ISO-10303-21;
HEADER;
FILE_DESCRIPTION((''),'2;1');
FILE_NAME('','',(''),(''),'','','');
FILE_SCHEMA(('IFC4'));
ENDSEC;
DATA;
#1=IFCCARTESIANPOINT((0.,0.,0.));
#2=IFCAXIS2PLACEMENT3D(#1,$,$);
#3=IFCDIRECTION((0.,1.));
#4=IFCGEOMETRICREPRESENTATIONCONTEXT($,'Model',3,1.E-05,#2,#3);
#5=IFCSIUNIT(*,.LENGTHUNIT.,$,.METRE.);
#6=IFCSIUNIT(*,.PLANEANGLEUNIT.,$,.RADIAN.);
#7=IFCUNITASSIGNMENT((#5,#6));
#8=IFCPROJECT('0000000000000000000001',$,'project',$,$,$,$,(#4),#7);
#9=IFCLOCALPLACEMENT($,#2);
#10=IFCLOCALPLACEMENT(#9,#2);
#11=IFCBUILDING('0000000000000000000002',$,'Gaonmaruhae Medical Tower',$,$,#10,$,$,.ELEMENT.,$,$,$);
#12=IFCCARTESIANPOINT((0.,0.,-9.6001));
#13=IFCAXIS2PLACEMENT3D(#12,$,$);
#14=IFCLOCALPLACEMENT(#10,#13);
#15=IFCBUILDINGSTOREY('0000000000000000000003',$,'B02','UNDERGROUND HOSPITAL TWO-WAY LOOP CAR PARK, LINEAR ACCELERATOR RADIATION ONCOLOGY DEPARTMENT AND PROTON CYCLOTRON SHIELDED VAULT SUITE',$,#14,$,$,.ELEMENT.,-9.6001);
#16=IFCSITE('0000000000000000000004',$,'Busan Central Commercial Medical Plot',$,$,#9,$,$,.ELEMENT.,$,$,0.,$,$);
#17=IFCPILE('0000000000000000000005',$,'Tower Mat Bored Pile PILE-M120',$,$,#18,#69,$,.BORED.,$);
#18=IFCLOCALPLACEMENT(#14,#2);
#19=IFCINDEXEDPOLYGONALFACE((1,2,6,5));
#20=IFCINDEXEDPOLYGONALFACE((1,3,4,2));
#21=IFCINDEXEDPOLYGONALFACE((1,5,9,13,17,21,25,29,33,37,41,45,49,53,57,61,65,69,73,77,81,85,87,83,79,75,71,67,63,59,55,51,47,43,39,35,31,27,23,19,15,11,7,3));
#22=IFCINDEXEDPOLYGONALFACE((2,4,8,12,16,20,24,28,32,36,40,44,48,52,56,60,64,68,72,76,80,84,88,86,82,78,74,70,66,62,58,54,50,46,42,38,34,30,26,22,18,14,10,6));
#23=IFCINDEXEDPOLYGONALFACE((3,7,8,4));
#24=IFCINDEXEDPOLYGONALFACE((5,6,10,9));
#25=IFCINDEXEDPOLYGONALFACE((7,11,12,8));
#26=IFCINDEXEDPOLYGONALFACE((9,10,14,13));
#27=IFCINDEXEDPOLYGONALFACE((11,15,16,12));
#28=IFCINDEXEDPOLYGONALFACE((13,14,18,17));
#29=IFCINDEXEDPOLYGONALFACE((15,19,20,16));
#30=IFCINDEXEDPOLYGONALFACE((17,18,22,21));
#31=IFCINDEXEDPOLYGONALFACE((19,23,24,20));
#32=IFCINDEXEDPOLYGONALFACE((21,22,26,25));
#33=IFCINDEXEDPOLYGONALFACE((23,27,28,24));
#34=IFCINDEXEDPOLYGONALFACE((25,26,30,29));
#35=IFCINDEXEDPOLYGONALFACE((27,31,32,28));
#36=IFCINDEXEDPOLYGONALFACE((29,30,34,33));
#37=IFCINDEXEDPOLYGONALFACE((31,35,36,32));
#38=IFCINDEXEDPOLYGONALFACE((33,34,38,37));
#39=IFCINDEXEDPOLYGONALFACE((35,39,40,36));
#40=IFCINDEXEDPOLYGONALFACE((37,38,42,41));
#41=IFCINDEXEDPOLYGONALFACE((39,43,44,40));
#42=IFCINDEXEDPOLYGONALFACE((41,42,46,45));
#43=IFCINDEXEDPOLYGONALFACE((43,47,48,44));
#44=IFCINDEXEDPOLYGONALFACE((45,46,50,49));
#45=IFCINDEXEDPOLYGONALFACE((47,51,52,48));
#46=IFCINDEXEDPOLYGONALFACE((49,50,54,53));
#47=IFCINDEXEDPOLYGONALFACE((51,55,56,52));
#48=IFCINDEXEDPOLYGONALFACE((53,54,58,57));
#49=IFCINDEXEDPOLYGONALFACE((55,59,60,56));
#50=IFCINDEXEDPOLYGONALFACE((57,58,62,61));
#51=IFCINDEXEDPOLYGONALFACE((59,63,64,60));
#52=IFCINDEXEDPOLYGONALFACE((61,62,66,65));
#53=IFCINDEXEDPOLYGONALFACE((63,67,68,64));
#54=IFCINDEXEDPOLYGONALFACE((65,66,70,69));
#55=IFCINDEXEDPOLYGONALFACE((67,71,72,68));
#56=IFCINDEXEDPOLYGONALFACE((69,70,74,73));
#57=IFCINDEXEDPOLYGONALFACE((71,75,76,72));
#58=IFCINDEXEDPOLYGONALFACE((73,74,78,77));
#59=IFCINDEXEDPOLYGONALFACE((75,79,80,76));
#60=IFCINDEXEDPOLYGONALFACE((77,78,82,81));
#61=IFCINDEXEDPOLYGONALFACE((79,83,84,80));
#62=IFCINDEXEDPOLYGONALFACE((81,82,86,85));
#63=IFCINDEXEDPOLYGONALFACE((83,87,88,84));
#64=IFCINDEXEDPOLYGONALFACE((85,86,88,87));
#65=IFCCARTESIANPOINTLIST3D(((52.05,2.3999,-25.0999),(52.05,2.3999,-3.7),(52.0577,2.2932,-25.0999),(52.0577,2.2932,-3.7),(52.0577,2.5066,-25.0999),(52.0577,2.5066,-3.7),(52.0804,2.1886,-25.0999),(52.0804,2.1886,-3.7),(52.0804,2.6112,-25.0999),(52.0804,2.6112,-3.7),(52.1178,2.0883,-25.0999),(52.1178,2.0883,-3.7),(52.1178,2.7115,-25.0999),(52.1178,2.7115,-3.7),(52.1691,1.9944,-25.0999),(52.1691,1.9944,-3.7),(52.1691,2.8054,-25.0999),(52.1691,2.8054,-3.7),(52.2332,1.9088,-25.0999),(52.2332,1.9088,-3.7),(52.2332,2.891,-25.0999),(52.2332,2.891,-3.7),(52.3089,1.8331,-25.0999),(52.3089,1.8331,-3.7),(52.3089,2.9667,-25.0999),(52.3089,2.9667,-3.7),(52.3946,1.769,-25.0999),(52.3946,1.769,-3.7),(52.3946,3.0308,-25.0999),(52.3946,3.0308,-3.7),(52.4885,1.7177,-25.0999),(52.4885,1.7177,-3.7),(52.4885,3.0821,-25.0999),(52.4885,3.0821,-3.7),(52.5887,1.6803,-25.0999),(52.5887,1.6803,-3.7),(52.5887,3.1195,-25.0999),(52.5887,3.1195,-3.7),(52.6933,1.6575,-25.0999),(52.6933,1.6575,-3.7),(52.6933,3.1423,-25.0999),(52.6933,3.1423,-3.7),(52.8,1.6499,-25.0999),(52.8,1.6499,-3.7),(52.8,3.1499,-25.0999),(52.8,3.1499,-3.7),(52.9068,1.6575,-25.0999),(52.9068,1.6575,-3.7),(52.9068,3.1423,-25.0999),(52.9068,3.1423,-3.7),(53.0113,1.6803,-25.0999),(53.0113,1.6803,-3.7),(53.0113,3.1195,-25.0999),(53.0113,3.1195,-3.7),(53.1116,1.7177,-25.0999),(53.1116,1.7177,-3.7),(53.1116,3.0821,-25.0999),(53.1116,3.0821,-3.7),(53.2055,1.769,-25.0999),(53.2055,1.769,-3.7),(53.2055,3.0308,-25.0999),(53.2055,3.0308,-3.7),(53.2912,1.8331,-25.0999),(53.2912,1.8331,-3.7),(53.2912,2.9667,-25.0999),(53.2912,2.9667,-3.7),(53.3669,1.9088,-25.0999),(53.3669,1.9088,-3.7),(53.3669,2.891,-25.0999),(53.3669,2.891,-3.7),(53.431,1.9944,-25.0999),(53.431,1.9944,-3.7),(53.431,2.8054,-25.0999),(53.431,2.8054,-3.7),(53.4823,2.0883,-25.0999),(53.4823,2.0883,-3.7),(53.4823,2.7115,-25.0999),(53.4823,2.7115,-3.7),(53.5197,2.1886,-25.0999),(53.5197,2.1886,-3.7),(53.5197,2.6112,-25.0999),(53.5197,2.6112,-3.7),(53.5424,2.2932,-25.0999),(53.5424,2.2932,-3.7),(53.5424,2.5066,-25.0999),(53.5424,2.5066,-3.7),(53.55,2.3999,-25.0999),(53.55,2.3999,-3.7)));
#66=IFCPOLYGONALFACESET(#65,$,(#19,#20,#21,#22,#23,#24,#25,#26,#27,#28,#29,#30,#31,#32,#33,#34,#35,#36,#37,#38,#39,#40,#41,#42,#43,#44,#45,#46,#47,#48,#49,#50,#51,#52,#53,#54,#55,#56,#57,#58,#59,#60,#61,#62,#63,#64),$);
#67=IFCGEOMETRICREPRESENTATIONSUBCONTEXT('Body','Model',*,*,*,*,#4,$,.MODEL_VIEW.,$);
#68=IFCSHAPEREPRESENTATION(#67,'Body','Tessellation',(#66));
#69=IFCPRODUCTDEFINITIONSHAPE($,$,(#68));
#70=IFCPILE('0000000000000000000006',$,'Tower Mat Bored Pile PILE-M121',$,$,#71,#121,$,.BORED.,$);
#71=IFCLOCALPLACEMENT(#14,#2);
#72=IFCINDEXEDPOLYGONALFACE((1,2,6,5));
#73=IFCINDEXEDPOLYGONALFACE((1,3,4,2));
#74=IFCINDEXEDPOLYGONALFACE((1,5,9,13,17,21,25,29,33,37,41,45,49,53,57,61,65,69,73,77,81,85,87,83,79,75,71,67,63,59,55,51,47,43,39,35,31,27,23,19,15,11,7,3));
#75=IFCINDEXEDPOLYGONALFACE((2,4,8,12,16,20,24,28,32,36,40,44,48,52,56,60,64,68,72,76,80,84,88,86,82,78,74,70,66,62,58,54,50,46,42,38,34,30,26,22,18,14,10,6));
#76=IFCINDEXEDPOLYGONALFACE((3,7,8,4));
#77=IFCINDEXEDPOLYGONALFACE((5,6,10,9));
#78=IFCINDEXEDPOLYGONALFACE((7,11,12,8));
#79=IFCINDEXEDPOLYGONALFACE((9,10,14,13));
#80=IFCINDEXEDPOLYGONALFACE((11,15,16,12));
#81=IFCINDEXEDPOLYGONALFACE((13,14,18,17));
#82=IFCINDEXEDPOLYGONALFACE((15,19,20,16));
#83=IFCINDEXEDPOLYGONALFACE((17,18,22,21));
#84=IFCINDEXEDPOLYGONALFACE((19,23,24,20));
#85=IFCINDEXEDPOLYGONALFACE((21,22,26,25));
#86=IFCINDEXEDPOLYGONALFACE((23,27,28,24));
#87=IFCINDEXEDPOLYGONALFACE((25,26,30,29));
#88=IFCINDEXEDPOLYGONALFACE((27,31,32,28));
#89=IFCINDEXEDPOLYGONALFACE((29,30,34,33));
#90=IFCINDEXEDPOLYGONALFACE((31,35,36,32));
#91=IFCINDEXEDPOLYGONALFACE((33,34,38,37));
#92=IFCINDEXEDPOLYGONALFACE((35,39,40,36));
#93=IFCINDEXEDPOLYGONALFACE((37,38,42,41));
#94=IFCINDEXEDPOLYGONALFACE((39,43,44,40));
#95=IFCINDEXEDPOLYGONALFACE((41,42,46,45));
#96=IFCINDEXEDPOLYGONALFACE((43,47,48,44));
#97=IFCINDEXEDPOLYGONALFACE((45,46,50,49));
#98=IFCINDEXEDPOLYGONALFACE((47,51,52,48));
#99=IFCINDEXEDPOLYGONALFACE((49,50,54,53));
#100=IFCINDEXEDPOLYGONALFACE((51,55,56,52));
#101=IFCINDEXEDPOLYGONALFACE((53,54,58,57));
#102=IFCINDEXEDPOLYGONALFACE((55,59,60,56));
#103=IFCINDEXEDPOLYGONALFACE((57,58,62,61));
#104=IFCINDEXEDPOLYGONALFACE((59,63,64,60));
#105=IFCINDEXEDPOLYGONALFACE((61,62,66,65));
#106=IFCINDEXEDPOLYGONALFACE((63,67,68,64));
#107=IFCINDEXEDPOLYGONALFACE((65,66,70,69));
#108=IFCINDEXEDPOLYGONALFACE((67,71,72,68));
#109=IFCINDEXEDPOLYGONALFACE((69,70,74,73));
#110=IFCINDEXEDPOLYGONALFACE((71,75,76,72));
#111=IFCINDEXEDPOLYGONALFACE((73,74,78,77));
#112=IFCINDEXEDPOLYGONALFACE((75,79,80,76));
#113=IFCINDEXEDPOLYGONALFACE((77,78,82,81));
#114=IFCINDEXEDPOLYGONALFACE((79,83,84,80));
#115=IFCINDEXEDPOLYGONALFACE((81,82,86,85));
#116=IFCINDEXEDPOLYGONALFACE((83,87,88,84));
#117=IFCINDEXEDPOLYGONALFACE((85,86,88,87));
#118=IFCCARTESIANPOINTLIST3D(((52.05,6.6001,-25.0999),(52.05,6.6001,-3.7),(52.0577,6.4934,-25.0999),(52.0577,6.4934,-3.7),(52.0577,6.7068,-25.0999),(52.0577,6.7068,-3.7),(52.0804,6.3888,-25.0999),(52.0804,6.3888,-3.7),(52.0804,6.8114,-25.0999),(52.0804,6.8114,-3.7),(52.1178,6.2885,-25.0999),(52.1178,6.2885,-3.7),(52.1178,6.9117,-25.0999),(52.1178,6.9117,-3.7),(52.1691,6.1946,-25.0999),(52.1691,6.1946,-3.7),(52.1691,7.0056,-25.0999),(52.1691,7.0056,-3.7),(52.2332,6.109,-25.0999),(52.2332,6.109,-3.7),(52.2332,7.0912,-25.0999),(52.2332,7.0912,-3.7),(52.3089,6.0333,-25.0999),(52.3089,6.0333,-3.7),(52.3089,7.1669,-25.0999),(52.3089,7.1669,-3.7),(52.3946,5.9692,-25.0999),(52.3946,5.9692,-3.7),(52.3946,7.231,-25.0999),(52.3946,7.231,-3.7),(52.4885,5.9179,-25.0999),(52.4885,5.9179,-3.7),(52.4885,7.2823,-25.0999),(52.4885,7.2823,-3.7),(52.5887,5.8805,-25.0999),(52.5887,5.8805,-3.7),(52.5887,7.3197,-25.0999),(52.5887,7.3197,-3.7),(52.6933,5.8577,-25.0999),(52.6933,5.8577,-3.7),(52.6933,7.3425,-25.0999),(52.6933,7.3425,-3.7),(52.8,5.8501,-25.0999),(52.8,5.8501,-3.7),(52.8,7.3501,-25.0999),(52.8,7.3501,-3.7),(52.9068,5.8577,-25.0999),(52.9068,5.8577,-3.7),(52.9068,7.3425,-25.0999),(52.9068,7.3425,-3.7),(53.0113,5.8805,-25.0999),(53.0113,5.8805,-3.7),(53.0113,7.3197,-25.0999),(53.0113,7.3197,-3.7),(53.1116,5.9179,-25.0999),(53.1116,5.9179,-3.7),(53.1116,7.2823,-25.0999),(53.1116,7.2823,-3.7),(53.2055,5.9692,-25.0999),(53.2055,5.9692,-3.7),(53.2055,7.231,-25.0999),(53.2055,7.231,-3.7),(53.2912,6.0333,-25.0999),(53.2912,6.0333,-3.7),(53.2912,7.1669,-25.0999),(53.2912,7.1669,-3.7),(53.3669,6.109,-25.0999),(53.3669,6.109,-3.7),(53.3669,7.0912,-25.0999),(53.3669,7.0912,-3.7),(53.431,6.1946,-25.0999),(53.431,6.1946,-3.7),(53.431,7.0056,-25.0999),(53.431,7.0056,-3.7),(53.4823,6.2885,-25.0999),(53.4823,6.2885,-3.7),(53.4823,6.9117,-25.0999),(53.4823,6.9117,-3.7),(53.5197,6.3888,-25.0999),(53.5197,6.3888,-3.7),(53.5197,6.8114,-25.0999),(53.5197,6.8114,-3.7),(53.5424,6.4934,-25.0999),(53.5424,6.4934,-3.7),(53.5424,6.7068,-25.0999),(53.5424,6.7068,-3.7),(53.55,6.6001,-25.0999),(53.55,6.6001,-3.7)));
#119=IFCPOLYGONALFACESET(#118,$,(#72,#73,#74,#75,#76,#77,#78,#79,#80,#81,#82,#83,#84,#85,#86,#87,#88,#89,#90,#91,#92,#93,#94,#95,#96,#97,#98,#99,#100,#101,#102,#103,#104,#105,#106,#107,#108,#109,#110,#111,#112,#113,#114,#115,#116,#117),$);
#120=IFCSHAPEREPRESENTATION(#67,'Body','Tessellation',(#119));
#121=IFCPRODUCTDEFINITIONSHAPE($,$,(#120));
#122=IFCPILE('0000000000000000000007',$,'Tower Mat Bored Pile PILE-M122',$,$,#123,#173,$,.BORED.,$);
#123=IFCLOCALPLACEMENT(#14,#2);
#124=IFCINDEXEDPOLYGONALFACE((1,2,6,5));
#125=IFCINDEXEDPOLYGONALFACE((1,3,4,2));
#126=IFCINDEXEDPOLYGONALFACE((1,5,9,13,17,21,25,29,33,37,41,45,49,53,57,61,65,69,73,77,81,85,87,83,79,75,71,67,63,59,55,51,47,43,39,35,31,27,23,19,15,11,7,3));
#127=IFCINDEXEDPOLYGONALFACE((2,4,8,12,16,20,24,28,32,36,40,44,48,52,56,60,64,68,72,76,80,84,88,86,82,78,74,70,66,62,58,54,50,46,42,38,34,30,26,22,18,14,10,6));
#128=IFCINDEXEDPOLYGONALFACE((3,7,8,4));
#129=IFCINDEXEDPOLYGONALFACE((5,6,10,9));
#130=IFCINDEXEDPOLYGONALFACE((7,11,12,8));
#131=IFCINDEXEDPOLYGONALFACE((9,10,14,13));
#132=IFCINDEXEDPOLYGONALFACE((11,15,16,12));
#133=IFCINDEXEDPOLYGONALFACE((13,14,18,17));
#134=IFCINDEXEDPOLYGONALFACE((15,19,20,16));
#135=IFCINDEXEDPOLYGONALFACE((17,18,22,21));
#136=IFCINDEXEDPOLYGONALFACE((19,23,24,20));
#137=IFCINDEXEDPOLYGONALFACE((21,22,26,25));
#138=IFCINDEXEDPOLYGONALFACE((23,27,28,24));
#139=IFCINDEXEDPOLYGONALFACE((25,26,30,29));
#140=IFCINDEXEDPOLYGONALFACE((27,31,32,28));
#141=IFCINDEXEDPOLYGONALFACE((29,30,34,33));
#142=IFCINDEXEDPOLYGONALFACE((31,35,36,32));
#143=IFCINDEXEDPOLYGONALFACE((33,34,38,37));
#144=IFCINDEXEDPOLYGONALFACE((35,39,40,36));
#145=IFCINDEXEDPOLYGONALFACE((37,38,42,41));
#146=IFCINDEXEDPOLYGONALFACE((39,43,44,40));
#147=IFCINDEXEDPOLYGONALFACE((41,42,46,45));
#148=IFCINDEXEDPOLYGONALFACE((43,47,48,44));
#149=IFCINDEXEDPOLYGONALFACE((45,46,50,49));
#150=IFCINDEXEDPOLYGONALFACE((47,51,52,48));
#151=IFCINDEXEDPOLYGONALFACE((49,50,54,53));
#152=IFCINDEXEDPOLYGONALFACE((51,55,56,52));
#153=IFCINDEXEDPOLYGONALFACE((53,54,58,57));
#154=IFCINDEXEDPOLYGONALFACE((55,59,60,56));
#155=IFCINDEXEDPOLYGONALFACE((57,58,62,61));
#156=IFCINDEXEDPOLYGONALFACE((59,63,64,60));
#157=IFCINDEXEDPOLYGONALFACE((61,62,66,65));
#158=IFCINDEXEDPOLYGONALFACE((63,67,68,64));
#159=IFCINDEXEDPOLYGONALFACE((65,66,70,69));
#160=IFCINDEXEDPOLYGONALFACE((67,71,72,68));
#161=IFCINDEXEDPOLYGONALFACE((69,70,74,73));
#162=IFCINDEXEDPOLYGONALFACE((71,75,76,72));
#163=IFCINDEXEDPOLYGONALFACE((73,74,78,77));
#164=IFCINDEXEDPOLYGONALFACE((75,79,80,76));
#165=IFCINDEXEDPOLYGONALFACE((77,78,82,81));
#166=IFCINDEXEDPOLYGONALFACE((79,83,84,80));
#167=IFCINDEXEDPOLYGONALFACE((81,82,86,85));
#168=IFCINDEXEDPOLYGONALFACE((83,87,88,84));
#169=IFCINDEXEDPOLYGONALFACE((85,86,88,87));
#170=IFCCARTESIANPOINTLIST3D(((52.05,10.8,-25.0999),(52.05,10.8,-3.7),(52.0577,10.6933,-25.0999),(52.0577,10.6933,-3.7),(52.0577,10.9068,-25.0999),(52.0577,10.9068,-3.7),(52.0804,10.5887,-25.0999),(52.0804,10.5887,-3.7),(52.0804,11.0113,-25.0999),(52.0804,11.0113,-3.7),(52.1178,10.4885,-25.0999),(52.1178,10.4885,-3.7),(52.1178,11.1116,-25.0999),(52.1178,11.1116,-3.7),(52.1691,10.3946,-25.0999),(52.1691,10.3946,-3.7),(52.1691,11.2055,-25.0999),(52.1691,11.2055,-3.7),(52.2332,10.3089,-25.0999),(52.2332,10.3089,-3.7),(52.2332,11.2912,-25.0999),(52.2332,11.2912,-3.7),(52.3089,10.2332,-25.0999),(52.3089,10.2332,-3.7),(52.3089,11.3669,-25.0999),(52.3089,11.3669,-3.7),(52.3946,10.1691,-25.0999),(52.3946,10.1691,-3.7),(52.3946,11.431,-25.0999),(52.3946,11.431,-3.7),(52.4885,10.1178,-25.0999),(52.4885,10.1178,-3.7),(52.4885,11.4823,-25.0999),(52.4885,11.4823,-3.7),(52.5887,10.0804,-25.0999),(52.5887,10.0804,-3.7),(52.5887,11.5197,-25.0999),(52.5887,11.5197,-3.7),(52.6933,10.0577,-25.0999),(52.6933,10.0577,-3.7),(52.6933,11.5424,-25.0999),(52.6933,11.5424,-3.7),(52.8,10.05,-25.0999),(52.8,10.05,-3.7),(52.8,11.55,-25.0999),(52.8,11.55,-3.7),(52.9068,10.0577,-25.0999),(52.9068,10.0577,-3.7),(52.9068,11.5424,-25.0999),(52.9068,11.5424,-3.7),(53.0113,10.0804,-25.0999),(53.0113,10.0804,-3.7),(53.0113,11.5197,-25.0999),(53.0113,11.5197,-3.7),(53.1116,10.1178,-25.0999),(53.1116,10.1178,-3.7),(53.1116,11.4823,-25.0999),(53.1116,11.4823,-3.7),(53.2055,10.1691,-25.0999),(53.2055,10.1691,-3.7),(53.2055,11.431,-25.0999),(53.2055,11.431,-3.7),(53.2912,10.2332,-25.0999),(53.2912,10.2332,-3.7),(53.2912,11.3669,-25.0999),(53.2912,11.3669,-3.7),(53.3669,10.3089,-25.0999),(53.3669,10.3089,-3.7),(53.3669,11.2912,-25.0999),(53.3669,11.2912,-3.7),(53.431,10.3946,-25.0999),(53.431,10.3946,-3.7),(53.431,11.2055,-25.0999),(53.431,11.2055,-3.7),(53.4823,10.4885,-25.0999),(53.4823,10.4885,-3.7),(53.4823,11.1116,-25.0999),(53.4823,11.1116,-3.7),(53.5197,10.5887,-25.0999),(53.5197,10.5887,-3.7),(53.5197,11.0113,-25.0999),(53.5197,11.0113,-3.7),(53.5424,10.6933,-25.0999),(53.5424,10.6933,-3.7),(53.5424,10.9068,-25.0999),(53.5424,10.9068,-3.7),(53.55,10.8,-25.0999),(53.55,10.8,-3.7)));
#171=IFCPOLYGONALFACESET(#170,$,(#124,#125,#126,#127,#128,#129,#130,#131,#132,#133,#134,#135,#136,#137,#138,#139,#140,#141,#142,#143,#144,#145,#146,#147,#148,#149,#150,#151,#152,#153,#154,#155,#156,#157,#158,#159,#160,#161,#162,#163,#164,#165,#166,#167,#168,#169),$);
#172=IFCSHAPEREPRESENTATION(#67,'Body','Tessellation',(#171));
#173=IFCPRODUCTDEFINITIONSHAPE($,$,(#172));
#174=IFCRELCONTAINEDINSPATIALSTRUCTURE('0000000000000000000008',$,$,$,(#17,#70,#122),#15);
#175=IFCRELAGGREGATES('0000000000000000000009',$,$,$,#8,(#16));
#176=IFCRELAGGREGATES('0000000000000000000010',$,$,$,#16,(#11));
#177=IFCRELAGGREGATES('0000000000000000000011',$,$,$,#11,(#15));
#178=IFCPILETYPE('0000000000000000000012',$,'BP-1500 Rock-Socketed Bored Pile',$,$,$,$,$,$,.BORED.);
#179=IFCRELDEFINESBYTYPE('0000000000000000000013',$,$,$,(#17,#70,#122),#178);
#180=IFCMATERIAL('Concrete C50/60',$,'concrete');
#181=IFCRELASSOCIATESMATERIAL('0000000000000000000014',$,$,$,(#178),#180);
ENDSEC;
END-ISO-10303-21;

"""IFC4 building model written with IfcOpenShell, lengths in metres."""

from ifc_helpers import new_model, si_unit, direction, frame, origin, origin_2d, place, context, subcontext, project, spatial, circle, extrude, material, material_profile, profile_set, type_object, element, save


model = new_model("IFC4")

# Units and contexts
model_context = context("Model", 3, precision=1e-05, world=origin(), true_north=direction((0.0, 1.0)))
body_context = subcontext(model_context, "Body", "Model", "MODEL_VIEW")
ifc_project = project(units=[si_unit("LENGTHUNIT", "METRE"), si_unit("PLANEANGLEUNIT", "RADIAN")], contexts=[model_context])

# Site, building, storey
site_placement = place(None, origin())
site = spatial("IfcSite", under=ifc_project, at=site_placement, Name="Busan Central Commercial Medical Plot", CompositionType="ELEMENT", RefElevation=0.0)
building_placement = place(site_placement, origin())
building = spatial("IfcBuilding", under=site, at=building_placement, Name="Gaonmaruhae Medical Tower", CompositionType="ELEMENT")
storey_placement = place(building_placement, frame((0.0, 0.0, -9.6001)))
storey = spatial("IfcBuildingStorey", under=building, at=storey_placement, Name="B02", Description="UNDERGROUND HOSPITAL TWO-WAY LOOP CAR PARK, LINEAR ACCELERATOR RADIATION ONCOLOGY DEPARTMENT AND PROTON CYCLOTRON SHIELDED VAULT SUITE", CompositionType="ELEMENT", Elevation=-9.6001)

# Piles
ifc_material_1 = material(Name="Concrete C50/60", Category="concrete")
ifc_material_profile_1 = material_profile(ifc_material_1, circle(Radius=0.75, at=origin_2d()), Name="PILE-D1500")
ifc_profile_set_1 = profile_set([ifc_material_profile_1], Name="Concrete C50/60")
pile_type = type_object("IfcPileType", Name="BP-1500 Rock-Socketed Bored Pile", PredefinedType="BORED", material=ifc_profile_set_1)
for number, where, z_axis, x_axis, name in (
    (1, (52.8, 2.3999, -3.7), (0.0, 0.0, -1.0), (1.0, 0.0, 0.0), "Tower Mat Bored Pile PILE-M120"),
    (2, (52.8, 6.6001, -3.7), (0.0, 0.0, -1.0), (1.0, 0.0, 0.0), "Tower Mat Bored Pile PILE-M121"),
    (3, (52.8, 10.8, -3.7), (0.0, 0.0, -1.0), (1.0, 0.0, 0.0), "Tower Mat Bored Pile PILE-M122"),
):
    element("IfcPile", number, at=place(storey_placement, frame(where, z_axis=z_axis, x_axis=x_axis)), inside=storey, type_object=pile_type, Name=name, PredefinedType="BORED", context=body_context, shape_type="SweptSolid", body=[
        extrude(circle(Radius=0.75, at=origin_2d()), origin(), (0.0, 0.0, 1.0), 21.3999),
    ])

save(model, "model.ifc")
